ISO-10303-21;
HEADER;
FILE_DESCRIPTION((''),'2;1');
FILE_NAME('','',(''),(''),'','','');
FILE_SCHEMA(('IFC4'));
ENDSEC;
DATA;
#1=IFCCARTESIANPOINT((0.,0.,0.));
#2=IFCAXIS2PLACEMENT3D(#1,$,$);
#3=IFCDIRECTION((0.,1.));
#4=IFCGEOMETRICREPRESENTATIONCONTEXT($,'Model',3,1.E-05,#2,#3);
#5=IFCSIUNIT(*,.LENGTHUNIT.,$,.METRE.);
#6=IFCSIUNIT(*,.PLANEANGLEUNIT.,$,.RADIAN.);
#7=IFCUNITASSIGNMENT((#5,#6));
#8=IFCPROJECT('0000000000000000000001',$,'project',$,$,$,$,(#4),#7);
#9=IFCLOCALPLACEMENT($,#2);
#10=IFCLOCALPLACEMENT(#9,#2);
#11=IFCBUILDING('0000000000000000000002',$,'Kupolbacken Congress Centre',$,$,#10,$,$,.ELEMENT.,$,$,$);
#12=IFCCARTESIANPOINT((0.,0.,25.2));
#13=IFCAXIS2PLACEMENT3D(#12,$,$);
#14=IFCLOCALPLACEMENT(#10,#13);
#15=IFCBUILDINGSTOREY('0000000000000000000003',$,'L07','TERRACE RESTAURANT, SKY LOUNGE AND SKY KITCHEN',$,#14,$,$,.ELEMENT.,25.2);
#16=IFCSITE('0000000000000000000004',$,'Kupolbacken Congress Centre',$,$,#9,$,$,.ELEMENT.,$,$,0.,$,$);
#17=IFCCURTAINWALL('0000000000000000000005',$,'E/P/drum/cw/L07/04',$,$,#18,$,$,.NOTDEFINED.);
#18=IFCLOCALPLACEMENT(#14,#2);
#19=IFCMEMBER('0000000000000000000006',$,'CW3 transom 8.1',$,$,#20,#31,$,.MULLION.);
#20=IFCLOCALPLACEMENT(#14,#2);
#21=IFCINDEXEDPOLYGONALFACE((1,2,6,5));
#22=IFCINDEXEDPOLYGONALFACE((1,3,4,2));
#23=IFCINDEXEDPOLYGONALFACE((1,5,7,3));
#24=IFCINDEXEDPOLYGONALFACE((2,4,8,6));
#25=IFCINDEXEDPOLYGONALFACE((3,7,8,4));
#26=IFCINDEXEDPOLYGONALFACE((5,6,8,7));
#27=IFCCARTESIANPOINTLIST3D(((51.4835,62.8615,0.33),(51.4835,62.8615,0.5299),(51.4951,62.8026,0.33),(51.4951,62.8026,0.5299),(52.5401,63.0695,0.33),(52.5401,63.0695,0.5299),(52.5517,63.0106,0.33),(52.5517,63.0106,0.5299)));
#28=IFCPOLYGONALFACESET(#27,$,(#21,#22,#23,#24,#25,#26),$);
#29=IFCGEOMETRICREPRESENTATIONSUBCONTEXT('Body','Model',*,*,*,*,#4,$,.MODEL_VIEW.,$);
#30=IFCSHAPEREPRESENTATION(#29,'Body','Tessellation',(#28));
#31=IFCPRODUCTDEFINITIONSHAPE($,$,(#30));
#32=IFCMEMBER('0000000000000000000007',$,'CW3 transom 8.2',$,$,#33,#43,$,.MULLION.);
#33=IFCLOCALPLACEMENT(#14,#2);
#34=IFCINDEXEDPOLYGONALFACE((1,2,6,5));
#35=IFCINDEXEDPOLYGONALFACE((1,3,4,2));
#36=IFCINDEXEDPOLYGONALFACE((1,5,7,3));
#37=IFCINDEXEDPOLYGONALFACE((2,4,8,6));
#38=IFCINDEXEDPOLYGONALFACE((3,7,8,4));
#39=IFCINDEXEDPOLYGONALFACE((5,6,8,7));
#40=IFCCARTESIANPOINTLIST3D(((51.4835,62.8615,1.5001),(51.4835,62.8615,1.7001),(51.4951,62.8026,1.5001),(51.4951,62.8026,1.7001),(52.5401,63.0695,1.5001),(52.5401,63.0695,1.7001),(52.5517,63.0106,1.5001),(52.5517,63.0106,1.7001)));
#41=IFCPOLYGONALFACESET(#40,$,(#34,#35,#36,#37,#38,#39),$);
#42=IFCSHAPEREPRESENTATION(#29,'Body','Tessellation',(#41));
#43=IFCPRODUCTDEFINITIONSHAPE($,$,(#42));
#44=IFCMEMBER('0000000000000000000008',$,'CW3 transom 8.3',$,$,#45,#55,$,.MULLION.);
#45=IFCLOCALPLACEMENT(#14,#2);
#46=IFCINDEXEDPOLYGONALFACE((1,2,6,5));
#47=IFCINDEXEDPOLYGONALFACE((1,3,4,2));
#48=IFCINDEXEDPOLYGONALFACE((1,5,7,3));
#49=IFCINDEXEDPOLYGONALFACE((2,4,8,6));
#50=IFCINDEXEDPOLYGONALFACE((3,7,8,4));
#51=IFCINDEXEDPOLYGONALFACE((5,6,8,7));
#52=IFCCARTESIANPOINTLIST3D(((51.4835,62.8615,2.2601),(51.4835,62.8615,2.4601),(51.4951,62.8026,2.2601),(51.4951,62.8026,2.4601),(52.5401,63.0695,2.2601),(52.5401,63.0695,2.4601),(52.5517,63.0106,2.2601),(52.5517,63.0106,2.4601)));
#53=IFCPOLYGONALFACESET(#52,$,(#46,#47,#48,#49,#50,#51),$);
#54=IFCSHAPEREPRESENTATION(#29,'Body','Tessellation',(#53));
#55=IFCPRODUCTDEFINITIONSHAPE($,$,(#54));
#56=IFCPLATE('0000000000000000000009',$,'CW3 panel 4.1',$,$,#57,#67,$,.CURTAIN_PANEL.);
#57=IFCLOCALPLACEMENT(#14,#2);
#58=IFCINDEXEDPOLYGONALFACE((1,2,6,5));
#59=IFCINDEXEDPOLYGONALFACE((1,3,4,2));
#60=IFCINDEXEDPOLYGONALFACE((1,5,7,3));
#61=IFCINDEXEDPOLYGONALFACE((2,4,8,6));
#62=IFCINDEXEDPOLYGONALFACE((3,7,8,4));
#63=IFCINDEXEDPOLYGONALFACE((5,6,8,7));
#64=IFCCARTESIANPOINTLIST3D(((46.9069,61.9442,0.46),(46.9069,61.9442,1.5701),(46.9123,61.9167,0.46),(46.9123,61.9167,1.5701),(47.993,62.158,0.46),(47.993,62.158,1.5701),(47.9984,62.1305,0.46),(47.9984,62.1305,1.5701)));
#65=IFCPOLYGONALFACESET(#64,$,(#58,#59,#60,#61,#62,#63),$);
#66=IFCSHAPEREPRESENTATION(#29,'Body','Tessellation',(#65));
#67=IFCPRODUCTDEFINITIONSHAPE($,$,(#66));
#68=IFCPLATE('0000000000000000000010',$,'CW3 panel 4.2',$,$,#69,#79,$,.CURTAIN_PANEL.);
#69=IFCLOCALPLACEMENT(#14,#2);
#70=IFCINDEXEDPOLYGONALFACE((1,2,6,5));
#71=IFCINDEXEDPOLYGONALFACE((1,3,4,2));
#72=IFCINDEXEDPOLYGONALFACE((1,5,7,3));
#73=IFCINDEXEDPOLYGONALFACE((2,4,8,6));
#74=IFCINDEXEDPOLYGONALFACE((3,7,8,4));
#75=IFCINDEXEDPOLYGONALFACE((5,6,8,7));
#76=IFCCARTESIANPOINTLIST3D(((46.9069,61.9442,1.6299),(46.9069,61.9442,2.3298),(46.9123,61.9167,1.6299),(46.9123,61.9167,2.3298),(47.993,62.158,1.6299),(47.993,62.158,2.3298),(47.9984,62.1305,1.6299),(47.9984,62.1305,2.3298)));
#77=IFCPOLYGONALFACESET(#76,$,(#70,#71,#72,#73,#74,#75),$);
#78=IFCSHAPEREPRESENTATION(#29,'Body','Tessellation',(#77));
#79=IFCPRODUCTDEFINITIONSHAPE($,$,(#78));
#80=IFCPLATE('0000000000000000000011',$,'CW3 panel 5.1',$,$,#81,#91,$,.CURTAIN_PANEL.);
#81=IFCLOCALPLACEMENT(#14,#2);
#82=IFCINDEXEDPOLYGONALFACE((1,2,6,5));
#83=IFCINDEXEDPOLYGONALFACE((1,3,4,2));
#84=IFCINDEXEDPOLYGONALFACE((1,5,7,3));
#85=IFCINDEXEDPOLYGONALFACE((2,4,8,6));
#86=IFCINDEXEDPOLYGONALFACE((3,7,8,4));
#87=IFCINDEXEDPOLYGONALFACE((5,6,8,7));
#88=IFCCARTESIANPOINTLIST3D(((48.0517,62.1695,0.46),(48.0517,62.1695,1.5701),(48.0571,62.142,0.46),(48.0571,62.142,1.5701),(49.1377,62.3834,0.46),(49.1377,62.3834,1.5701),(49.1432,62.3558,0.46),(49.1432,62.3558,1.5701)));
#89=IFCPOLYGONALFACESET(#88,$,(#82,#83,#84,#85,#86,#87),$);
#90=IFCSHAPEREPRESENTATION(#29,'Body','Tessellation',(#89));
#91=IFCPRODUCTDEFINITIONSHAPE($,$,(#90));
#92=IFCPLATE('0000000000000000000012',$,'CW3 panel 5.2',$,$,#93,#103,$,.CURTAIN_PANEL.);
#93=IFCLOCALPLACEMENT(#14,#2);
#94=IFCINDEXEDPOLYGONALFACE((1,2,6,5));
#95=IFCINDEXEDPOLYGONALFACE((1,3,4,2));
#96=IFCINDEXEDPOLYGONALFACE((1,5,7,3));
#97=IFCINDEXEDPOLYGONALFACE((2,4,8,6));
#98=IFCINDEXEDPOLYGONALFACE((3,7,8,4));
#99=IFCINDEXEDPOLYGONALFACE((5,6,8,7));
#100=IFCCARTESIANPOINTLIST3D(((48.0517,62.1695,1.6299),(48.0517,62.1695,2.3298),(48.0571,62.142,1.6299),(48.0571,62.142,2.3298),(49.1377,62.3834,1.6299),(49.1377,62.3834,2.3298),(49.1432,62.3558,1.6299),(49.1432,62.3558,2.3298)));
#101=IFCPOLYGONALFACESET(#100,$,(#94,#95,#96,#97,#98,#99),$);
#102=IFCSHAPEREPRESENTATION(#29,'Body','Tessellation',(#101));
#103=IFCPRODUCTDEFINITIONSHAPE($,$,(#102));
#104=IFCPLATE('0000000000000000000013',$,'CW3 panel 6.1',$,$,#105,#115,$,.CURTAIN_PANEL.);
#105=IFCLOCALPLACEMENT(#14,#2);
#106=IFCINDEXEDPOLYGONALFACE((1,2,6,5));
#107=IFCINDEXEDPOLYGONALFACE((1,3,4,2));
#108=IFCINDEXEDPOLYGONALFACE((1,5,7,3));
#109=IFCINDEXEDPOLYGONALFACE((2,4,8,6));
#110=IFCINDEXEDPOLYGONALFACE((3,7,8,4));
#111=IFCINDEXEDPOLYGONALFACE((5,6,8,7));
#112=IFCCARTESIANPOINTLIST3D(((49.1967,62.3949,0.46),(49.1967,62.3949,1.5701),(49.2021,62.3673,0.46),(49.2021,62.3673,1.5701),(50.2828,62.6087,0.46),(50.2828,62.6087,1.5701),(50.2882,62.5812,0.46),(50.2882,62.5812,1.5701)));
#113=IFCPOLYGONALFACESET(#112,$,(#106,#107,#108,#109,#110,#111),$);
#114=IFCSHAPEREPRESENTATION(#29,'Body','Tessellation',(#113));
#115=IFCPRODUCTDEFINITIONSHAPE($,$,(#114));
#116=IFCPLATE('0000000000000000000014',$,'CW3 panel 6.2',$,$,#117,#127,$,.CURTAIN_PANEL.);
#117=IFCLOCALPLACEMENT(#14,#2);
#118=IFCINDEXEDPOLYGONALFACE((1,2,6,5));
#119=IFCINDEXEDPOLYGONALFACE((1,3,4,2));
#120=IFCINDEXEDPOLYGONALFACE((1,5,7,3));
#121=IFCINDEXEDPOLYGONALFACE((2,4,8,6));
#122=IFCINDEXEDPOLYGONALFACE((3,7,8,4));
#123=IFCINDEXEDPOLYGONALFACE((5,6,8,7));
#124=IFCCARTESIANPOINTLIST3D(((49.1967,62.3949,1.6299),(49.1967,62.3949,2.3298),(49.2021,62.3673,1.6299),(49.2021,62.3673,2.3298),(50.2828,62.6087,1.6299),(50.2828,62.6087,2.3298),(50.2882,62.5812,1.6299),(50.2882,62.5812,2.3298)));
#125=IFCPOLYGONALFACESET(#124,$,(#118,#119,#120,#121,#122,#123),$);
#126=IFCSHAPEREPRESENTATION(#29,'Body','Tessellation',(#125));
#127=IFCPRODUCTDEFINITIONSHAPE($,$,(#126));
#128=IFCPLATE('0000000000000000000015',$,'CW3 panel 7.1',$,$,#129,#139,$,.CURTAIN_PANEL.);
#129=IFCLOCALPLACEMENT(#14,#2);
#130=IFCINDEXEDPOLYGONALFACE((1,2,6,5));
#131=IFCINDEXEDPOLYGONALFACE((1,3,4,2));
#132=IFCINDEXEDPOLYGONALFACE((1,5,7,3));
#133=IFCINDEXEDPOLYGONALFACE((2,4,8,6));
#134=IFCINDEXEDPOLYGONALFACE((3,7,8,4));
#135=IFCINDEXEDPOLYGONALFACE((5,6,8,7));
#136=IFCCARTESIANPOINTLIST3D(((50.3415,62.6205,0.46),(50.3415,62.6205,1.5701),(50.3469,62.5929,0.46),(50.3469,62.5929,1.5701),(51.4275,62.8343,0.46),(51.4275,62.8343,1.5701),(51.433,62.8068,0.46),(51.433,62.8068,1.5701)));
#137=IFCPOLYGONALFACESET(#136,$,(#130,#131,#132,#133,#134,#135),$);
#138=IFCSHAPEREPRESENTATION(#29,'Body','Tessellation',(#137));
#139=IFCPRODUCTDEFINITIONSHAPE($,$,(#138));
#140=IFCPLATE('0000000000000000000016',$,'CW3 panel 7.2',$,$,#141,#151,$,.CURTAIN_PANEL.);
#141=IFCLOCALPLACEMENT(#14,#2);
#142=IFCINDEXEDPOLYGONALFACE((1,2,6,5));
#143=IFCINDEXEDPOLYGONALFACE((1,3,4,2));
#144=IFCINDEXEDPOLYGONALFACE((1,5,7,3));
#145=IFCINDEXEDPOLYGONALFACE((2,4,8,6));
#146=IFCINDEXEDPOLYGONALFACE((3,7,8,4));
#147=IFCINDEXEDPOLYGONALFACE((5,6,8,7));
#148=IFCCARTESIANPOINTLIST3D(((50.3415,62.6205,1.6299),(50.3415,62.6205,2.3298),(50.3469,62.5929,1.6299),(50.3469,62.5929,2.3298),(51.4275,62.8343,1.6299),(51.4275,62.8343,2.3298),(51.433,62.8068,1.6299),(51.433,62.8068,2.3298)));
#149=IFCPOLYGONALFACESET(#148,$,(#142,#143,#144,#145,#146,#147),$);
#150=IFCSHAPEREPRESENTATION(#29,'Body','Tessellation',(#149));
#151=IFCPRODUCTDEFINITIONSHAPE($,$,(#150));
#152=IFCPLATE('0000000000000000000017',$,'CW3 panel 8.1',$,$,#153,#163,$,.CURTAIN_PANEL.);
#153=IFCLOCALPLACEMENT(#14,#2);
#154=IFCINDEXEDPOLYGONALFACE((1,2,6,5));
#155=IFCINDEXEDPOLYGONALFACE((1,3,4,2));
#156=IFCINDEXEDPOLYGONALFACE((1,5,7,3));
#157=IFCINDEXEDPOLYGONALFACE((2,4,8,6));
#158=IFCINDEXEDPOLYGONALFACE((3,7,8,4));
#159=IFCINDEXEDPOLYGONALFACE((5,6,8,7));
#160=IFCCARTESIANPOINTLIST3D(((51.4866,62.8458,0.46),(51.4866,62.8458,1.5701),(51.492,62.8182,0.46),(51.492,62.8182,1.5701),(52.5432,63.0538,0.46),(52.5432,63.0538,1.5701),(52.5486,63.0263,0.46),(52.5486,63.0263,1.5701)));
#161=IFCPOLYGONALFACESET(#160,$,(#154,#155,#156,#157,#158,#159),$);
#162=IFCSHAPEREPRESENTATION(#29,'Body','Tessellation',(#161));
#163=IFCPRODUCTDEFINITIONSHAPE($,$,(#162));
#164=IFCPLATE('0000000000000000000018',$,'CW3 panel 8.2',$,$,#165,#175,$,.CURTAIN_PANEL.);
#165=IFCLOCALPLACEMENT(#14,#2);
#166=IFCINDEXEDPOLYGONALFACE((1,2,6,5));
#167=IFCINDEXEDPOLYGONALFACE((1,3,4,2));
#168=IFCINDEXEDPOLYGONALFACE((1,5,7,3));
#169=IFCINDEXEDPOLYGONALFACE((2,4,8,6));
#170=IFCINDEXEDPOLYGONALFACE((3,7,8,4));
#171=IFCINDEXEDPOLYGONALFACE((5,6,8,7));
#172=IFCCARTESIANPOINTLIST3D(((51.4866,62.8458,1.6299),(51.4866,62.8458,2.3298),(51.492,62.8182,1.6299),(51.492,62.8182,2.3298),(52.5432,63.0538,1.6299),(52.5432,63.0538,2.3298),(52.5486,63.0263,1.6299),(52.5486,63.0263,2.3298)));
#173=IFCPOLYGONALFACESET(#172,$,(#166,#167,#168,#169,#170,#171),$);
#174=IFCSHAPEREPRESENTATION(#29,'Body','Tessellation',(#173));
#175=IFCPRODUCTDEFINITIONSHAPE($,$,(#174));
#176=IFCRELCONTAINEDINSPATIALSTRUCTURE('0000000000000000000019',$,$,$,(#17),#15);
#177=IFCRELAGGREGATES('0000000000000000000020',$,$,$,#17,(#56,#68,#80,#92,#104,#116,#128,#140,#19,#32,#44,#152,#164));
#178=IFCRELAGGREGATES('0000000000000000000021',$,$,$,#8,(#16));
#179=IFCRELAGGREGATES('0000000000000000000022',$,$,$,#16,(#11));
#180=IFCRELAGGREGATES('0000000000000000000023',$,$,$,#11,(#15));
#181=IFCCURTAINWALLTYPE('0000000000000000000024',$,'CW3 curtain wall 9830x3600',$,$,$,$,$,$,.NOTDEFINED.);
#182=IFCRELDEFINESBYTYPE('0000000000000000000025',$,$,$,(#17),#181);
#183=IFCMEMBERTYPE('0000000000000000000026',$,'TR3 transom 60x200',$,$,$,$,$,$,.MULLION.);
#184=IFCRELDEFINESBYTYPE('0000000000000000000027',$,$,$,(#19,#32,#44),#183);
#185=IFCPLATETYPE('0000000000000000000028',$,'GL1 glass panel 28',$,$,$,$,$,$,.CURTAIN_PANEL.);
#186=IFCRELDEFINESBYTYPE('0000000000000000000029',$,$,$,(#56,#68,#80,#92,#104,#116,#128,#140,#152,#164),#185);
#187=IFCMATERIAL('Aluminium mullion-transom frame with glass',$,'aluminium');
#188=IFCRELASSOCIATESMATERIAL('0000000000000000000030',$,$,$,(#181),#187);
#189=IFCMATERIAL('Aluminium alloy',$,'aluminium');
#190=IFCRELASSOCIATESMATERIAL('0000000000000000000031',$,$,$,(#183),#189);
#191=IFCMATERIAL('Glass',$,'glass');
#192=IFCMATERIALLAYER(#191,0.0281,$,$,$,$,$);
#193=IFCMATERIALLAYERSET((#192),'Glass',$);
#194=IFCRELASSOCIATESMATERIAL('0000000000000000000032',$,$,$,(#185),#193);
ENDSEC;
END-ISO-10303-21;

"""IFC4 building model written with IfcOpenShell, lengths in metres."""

from ifc_helpers import new_model, si_unit, direction, frame, origin, origin_2d, place, context, subcontext, project, spatial, rectangle, extrude, material, layer, layer_set, material_profile, profile_set, type_object, element, aggregate, save


model = new_model("IFC4")

# Units and contexts
model_context = context("Model", 3, precision=1e-05, world=origin(), true_north=direction((0.0, 1.0)))
body_context = subcontext(model_context, "Body", "Model", "MODEL_VIEW")
ifc_project = project(units=[si_unit("LENGTHUNIT", "METRE"), si_unit("PLANEANGLEUNIT", "RADIAN")], contexts=[model_context])

# Site, building, storey
site_placement = place(None, origin())
site = spatial("IfcSite", under=ifc_project, at=site_placement, Name="Kupolbacken Congress Centre", CompositionType="ELEMENT", RefElevation=0.0)
building_placement = place(site_placement, origin())
building = spatial("IfcBuilding", under=site, at=building_placement, Name="Kupolbacken Congress Centre", CompositionType="ELEMENT")
storey_placement = place(building_placement, frame((0.0, 0.0, 25.2)))
storey = spatial("IfcBuildingStorey", under=building, at=storey_placement, Name="L07", Description="TERRACE RESTAURANT, SKY LOUNGE AND SKY KITCHEN", CompositionType="ELEMENT", Elevation=25.2)

# Curtain wall, members, plates
ifc_material_1 = material(Name="Aluminium mullion-transom frame with glass", Category="aluminium")
curtain_wall_type = type_object("IfcCurtainWallType", Name="CW3 curtain wall 9830x3600", PredefinedType="NOTDEFINED", material=ifc_material_1)
curtain_wall_placement = place(storey_placement, origin())
curtain_wall = element("IfcCurtainWall", 1, at=curtain_wall_placement, inside=storey, type_object=curtain_wall_type, Name="E/P/drum/cw/L07/04", PredefinedType="NOTDEFINED")
ifc_material_2 = material(Name="Aluminium alloy", Category="aluminium")
ifc_material_profile_1 = material_profile(ifc_material_2, rectangle(XDim=0.0601, YDim=0.2, at=origin_2d()), Name="60 x 200")
ifc_profile_set_1 = profile_set([ifc_material_profile_1], Name="Aluminium alloy")
member_type_1 = type_object("IfcMemberType", Name="TR3 transom 60x200", PredefinedType="MULLION", material=ifc_profile_set_1)
member_1_placement = place(storey_placement, frame((51.4893, 62.832, 0.4299), z_axis=(0.981169, 0.193151, 0.0), x_axis=(-0.193151, 0.981169, 0.0)))
member_1 = element("IfcMember", 2, at=member_1_placement, type_object=member_type_1, Name="CW3 transom 8.1", PredefinedType="MULLION", context=body_context, shape_type="SweptSolid", body=[
    extrude(rectangle(XDim=0.0601, YDim=0.2, at=origin_2d()), origin(), (0.0, 0.0, 1.0), 1.0769),
])
member_2_placement = place(storey_placement, frame((51.4893, 62.832, 1.6001), z_axis=(0.981169, 0.193151, 0.0), x_axis=(-0.193151, 0.981169, 0.0)))
member_2 = element("IfcMember", 3, at=member_2_placement, type_object=member_type_1, Name="CW3 transom 8.2", PredefinedType="MULLION", context=body_context, shape_type="SweptSolid", body=[
    extrude(rectangle(XDim=0.0601, YDim=0.2, at=origin_2d()), origin(), (0.0, 0.0, 1.0), 1.0769),
])
member_3_placement = place(storey_placement, frame((51.4893, 62.832, 2.3601), z_axis=(0.981169, 0.193151, 0.0), x_axis=(-0.193151, 0.981169, 0.0)))
member_3 = element("IfcMember", 4, at=member_3_placement, type_object=member_type_1, Name="CW3 transom 8.3", PredefinedType="MULLION", context=body_context, shape_type="SweptSolid", body=[
    extrude(rectangle(XDim=0.0601, YDim=0.2, at=origin_2d()), origin(), (0.0, 0.0, 1.0), 1.0769),
])
ifc_material_3 = material(Name="Glass", Category="glass")
ifc_layer = layer(ifc_material_3, 0.0281)
ifc_layer_set = layer_set([ifc_layer], Name="Glass")
plate_type = type_object("IfcPlateType", Name="GL1 glass panel 28", PredefinedType="CURTAIN_PANEL", material=ifc_layer_set)
plate_1_placement = place(storey_placement, frame((47.4526, 62.0374, 0.46), z_axis=(0.0, 0.0, 1.0), x_axis=(0.981163, 0.193182, 0.0)))
plate_1 = element("IfcPlate", 5, at=plate_1_placement, type_object=plate_type, Name="CW3 panel 4.1", PredefinedType="CURTAIN_PANEL", context=body_context, shape_type="SweptSolid", body=[
    extrude(rectangle(XDim=1.1069, YDim=0.0281, at=origin_2d()), origin(), (0.0, 0.0, 1.0), 1.1101),
])
plate_2_placement = place(storey_placement, frame((47.4526, 62.0374, 1.6299), z_axis=(0.0, 0.0, 1.0), x_axis=(0.981163, 0.193182, 0.0)))
plate_2 = element("IfcPlate", 6, at=plate_2_placement, type_object=plate_type, Name="CW3 panel 4.2", PredefinedType="CURTAIN_PANEL", context=body_context, shape_type="SweptSolid", body=[
    extrude(rectangle(XDim=1.1069, YDim=0.0281, at=origin_2d()), origin(), (0.0, 0.0, 1.0), 0.7),
])
plate_3_placement = place(storey_placement, frame((48.5974, 62.2627, 0.46), z_axis=(0.0, 0.0, 1.0), x_axis=(0.981163, 0.193182, 0.0)))
plate_3 = element("IfcPlate", 7, at=plate_3_placement, type_object=plate_type, Name="CW3 panel 5.1", PredefinedType="CURTAIN_PANEL", context=body_context, shape_type="SweptSolid", body=[
    extrude(rectangle(XDim=1.1069, YDim=0.0281, at=origin_2d()), origin(), (0.0, 0.0, 1.0), 1.1101),
])
plate_4_placement = place(storey_placement, frame((48.5974, 62.2627, 1.6299), z_axis=(0.0, 0.0, 1.0), x_axis=(0.981163, 0.193182, 0.0)))
plate_4 = element("IfcPlate", 8, at=plate_4_placement, type_object=plate_type, Name="CW3 panel 5.2", PredefinedType="CURTAIN_PANEL", context=body_context, shape_type="SweptSolid", body=[
    extrude(rectangle(XDim=1.1069, YDim=0.0281, at=origin_2d()), origin(), (0.0, 0.0, 1.0), 0.7),
])
plate_5_placement = place(storey_placement, frame((49.7424, 62.488, 0.46), z_axis=(0.0, 0.0, 1.0), x_axis=(0.981163, 0.193182, 0.0)))
plate_5 = element("IfcPlate", 9, at=plate_5_placement, type_object=plate_type, Name="CW3 panel 6.1", PredefinedType="CURTAIN_PANEL", context=body_context, shape_type="SweptSolid", body=[
    extrude(rectangle(XDim=1.1069, YDim=0.0281, at=origin_2d()), origin(), (0.0, 0.0, 1.0), 1.1101),
])
plate_6_placement = place(storey_placement, frame((49.7424, 62.488, 1.6299), z_axis=(0.0, 0.0, 1.0), x_axis=(0.981163, 0.193182, 0.0)))
plate_6 = element("IfcPlate", 10, at=plate_6_placement, type_object=plate_type, Name="CW3 panel 6.2", PredefinedType="CURTAIN_PANEL", context=body_context, shape_type="SweptSolid", body=[
    extrude(rectangle(XDim=1.1069, YDim=0.0281, at=origin_2d()), origin(), (0.0, 0.0, 1.0), 0.7),
])
plate_7_placement = place(storey_placement, frame((50.8872, 62.7136, 0.46), z_axis=(0.0, 0.0, 1.0), x_axis=(0.981163, 0.193182, 0.0)))
plate_7 = element("IfcPlate", 11, at=plate_7_placement, type_object=plate_type, Name="CW3 panel 7.1", PredefinedType="CURTAIN_PANEL", context=body_context, shape_type="SweptSolid", body=[
    extrude(rectangle(XDim=1.1069, YDim=0.0281, at=origin_2d()), origin(), (0.0, 0.0, 1.0), 1.1101),
])
plate_8_placement = place(storey_placement, frame((50.8872, 62.7136, 1.6299), z_axis=(0.0, 0.0, 1.0), x_axis=(0.981163, 0.193182, 0.0)))
plate_8 = element("IfcPlate", 12, at=plate_8_placement, type_object=plate_type, Name="CW3 panel 7.2", PredefinedType="CURTAIN_PANEL", context=body_context, shape_type="SweptSolid", body=[
    extrude(rectangle(XDim=1.1069, YDim=0.0281, at=origin_2d()), origin(), (0.0, 0.0, 1.0), 0.7),
])
plate_9_placement = place(storey_placement, frame((52.0176, 62.936, 0.46), z_axis=(0.0, 0.0, 1.0), x_axis=(0.981163, 0.193182, 0.0)))
plate_9 = element("IfcPlate", 13, at=plate_9_placement, type_object=plate_type, Name="CW3 panel 8.1", PredefinedType="CURTAIN_PANEL", context=body_context, shape_type="SweptSolid", body=[
    extrude(rectangle(XDim=1.0769, YDim=0.0281, at=origin_2d()), origin(), (0.0, 0.0, 1.0), 1.1101),
])
plate_10_placement = place(storey_placement, frame((52.0176, 62.936, 1.6299), z_axis=(0.0, 0.0, 1.0), x_axis=(0.981163, 0.193182, 0.0)))
plate_10 = element("IfcPlate", 14, at=plate_10_placement, type_object=plate_type, Name="CW3 panel 8.2", PredefinedType="CURTAIN_PANEL", context=body_context, shape_type="SweptSolid", body=[
    extrude(rectangle(XDim=1.0769, YDim=0.0281, at=origin_2d()), origin(), (0.0, 0.0, 1.0), 0.7),
])
aggregate(curtain_wall, [plate_1, plate_2, plate_3, plate_4, plate_5, plate_6, plate_7, plate_8, member_1, member_2, member_3, plate_9, plate_10])

save(model, "model.ifc")
